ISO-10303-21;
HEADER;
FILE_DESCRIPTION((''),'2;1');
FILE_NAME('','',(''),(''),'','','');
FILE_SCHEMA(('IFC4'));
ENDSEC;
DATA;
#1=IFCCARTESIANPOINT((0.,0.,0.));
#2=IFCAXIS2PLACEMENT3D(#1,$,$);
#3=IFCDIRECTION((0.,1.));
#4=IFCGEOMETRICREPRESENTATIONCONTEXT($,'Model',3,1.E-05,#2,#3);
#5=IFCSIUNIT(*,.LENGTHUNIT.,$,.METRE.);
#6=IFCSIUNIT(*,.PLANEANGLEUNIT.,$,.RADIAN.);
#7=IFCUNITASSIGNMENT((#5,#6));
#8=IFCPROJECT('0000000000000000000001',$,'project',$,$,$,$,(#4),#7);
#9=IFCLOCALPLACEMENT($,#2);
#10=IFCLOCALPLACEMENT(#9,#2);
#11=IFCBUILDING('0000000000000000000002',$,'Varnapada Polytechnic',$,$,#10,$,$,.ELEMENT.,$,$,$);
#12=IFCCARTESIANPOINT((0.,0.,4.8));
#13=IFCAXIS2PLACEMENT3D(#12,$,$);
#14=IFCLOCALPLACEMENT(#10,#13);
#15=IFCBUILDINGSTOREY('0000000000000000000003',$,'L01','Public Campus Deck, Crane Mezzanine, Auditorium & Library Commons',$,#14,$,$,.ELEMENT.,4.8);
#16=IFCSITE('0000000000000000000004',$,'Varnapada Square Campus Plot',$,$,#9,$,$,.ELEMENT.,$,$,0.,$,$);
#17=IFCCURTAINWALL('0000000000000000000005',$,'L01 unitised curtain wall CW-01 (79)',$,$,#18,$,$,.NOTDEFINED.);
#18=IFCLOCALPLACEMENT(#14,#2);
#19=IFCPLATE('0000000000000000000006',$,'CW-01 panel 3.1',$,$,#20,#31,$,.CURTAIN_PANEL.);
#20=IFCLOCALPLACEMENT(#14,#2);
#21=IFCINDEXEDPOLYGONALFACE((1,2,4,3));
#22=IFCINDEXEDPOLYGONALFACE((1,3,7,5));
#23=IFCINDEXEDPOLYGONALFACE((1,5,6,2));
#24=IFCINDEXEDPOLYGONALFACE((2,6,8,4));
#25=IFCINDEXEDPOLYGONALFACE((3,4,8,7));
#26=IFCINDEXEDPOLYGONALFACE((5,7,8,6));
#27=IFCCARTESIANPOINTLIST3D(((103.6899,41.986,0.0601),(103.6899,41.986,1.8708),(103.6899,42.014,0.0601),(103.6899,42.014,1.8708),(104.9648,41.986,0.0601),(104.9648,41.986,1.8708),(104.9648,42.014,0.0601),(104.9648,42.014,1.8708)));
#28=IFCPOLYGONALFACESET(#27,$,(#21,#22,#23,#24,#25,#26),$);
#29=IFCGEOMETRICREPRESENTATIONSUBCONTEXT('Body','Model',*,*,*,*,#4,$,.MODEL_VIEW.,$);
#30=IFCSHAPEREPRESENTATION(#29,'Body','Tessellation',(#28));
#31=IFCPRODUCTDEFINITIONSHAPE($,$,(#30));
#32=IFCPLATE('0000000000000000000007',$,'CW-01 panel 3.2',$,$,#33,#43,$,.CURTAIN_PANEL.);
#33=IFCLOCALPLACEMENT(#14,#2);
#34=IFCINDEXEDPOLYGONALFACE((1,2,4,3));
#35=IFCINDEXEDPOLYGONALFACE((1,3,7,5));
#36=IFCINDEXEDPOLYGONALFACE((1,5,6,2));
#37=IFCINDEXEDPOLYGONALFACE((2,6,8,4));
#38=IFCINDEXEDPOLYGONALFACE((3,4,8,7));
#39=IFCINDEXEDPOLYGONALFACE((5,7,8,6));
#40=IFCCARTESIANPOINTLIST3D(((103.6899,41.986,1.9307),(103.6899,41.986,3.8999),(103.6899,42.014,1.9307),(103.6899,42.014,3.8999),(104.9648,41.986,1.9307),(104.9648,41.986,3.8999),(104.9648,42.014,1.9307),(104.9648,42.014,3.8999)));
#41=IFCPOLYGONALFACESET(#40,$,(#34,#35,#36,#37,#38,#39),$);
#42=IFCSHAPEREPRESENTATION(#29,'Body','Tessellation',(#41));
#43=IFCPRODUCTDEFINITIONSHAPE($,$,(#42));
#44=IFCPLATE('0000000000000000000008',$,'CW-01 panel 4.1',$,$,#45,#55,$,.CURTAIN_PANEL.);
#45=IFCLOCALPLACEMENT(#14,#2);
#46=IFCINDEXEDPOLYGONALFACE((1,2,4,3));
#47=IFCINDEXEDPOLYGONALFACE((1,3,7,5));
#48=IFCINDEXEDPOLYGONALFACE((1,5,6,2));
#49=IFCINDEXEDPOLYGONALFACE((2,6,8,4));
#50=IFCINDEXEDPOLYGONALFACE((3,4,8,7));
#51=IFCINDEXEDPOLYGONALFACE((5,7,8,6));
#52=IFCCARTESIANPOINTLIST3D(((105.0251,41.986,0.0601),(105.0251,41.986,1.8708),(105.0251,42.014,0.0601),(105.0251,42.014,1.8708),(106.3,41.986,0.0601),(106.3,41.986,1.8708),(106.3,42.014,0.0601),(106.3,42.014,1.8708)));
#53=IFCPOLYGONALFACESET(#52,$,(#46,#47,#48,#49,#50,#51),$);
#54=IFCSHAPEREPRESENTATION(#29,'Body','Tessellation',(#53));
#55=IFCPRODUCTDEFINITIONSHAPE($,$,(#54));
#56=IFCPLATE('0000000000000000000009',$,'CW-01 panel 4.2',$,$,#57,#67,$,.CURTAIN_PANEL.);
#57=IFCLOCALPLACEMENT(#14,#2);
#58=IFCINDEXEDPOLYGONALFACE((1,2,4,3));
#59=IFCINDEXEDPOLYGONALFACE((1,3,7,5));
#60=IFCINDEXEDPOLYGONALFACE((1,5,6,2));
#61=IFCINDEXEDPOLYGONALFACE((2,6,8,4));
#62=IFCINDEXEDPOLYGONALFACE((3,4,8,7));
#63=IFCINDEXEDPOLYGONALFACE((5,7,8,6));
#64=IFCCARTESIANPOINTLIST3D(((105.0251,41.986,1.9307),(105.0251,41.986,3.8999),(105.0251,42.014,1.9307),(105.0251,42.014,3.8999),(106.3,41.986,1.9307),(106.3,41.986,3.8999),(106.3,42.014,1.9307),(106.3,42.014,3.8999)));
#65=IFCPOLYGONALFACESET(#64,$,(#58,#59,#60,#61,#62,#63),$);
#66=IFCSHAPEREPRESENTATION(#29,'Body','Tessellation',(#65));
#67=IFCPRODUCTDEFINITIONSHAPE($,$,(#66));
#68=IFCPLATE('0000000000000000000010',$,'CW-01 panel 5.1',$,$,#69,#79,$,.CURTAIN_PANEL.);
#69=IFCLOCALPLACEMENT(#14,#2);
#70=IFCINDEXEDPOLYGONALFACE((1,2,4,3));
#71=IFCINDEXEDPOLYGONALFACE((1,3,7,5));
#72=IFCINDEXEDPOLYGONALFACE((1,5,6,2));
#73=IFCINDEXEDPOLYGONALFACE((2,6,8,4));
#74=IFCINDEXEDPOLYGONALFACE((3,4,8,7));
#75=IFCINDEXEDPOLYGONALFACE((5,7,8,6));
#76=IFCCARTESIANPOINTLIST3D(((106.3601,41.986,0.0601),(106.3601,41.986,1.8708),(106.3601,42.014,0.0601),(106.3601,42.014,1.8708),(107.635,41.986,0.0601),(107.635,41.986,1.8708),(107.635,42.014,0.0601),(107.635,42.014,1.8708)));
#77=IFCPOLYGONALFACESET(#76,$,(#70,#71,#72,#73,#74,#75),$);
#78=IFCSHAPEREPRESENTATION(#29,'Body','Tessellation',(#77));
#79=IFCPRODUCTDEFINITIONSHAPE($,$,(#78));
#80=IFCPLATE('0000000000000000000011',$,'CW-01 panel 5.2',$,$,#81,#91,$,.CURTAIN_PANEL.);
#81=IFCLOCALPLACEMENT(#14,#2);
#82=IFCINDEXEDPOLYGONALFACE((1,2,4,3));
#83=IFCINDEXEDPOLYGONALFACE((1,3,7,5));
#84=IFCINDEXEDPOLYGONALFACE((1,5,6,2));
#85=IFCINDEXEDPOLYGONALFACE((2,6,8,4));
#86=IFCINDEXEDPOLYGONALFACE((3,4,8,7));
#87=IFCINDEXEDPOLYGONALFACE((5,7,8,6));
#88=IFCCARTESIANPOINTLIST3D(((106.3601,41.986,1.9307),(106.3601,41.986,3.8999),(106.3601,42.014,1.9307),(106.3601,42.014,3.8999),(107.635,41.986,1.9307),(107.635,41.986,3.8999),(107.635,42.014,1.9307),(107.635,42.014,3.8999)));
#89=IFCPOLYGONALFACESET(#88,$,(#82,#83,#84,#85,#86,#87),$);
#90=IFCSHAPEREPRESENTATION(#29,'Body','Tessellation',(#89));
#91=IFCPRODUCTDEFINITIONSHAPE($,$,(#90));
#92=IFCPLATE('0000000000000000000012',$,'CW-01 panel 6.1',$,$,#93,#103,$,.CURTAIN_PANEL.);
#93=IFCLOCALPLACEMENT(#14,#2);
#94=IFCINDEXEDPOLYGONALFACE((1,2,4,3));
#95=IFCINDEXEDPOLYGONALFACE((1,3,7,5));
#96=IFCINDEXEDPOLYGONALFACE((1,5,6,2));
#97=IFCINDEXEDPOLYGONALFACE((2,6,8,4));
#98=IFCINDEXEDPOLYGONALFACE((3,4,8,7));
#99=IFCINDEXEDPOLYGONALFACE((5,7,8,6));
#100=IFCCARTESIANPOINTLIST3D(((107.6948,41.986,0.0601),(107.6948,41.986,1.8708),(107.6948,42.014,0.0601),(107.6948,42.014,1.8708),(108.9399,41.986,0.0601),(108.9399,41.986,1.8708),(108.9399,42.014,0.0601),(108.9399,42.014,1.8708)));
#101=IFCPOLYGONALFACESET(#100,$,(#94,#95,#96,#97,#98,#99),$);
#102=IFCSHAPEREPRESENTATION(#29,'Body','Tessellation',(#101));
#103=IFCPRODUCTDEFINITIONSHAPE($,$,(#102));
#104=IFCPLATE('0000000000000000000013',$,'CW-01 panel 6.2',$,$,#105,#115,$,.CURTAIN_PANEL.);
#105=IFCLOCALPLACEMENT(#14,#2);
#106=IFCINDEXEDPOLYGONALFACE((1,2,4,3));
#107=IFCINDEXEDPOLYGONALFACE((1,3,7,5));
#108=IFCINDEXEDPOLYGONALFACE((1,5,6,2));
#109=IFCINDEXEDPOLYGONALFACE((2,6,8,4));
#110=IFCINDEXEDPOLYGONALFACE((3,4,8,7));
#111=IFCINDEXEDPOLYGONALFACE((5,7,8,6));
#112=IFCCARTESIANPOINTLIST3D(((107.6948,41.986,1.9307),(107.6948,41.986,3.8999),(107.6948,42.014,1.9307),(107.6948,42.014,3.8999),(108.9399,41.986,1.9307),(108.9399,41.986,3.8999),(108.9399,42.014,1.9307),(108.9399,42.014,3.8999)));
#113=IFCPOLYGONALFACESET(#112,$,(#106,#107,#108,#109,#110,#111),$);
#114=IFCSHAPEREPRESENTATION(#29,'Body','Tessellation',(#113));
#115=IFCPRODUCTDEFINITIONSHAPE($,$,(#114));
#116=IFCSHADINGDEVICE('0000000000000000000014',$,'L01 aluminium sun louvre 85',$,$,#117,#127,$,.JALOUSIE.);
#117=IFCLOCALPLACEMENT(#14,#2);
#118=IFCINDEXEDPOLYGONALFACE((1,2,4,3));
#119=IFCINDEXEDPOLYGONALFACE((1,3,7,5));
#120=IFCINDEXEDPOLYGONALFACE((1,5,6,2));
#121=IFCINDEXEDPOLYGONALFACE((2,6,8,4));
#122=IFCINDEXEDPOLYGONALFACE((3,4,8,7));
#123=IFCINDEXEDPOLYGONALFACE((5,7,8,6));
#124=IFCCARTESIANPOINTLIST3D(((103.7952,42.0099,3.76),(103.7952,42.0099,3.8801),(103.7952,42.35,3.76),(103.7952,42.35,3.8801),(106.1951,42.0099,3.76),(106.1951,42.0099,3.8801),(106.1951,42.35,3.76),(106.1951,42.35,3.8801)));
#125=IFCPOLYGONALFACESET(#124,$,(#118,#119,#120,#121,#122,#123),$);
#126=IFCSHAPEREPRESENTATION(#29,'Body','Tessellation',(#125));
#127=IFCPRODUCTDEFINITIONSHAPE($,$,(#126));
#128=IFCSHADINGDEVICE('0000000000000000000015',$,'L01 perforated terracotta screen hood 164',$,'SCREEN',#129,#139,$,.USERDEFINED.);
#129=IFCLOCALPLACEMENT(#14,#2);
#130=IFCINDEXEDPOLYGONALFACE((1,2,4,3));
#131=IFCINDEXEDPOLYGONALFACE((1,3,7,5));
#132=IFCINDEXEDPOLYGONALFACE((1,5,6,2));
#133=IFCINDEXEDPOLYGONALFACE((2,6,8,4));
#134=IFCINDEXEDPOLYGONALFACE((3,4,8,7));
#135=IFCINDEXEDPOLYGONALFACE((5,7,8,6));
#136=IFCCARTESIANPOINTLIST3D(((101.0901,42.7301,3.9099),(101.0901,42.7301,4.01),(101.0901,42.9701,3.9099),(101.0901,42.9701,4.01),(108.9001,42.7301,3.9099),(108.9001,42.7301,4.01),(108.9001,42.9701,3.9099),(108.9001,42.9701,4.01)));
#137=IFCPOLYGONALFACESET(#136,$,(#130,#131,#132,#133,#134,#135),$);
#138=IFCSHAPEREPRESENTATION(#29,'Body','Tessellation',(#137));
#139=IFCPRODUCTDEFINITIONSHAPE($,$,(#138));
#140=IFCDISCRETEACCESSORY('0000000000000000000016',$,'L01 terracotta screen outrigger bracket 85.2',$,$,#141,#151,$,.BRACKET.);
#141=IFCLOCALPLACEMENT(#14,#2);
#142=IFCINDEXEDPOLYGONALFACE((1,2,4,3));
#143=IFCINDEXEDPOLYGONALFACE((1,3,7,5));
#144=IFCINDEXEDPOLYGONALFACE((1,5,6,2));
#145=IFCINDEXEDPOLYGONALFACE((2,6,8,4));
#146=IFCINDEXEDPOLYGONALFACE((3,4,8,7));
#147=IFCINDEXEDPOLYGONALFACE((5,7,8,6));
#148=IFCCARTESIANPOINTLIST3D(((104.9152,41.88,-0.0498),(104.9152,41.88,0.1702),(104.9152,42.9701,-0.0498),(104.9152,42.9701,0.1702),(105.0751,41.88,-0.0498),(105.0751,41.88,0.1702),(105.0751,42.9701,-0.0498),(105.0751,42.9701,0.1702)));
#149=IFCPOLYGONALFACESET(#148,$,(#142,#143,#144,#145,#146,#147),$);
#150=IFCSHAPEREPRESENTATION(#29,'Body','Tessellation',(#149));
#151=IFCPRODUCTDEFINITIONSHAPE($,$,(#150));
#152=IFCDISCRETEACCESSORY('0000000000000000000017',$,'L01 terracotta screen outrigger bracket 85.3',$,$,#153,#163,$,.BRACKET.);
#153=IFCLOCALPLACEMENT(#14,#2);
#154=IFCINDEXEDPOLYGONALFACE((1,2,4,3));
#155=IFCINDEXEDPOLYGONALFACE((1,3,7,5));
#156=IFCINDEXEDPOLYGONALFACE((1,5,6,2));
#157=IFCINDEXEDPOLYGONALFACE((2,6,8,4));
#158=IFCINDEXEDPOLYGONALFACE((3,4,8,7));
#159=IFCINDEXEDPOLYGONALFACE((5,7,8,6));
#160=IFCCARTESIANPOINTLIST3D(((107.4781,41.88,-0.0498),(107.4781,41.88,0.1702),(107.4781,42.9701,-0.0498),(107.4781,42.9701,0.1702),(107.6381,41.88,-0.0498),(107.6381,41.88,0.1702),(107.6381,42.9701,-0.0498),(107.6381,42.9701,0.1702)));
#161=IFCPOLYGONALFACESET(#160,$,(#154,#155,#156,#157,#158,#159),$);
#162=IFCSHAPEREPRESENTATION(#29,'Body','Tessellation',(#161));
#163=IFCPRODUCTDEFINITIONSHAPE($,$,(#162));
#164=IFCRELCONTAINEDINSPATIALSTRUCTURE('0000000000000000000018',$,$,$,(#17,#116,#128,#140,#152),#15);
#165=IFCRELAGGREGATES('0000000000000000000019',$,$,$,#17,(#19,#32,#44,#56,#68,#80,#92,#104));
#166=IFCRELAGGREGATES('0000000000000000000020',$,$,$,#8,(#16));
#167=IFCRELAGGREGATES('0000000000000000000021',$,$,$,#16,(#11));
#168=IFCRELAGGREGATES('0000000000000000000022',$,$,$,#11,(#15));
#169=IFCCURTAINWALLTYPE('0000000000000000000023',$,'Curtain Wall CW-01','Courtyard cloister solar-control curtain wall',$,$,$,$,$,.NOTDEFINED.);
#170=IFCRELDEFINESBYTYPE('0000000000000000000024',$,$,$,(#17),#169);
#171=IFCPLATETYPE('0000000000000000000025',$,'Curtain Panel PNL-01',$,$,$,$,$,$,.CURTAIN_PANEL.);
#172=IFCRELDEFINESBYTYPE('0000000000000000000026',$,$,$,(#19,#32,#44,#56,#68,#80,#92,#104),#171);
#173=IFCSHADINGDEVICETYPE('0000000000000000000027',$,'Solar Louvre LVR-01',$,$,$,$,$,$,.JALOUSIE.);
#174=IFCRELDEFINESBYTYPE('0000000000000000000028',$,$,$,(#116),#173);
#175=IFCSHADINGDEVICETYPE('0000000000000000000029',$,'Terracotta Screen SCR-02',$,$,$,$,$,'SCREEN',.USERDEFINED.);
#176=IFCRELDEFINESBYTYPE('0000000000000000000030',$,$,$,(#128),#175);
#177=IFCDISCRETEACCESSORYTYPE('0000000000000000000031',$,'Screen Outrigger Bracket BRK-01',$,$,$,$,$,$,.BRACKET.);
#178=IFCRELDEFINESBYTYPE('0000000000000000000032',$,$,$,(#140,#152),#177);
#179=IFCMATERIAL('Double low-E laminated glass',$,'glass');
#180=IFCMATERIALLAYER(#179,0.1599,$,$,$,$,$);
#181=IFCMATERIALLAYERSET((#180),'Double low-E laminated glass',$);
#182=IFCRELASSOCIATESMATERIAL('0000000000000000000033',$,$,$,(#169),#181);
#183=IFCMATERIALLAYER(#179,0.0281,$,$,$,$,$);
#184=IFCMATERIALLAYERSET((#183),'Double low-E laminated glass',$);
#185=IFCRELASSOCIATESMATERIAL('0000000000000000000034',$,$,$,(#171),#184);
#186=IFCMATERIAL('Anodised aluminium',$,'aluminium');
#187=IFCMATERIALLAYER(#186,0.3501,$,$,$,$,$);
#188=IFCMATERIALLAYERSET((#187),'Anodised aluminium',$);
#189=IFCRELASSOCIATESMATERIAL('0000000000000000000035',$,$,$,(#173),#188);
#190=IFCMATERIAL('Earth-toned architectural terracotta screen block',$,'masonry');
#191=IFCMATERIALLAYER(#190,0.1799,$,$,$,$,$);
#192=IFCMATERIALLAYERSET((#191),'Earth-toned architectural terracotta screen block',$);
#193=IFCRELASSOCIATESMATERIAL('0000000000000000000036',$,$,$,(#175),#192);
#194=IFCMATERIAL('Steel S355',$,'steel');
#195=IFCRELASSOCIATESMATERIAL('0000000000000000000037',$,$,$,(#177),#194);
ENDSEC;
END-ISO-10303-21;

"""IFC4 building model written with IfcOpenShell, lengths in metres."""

from ifc_helpers import new_model, si_unit, direction, frame, origin, origin_2d, place, context, subcontext, project, spatial, rectangle, extrude, material, layer, layer_set, type_object, element, aggregate, save


model = new_model("IFC4")

# Units and contexts
model_context = context("Model", 3, precision=1e-05, world=origin(), true_north=direction((0.0, 1.0)))
body_context = subcontext(model_context, "Body", "Model", "MODEL_VIEW")
ifc_project = project(units=[si_unit("LENGTHUNIT", "METRE"), si_unit("PLANEANGLEUNIT", "RADIAN")], contexts=[model_context])

# Site, building, storey
site_placement = place(None, origin())
site = spatial("IfcSite", under=ifc_project, at=site_placement, Name="Varnapada Square Campus Plot", CompositionType="ELEMENT", RefElevation=0.0)
building_placement = place(site_placement, origin())
building = spatial("IfcBuilding", under=site, at=building_placement, Name="Varnapada Polytechnic", CompositionType="ELEMENT")
storey_placement = place(building_placement, frame((0.0, 0.0, 4.8)))
storey = spatial("IfcBuildingStorey", under=building, at=storey_placement, Name="L01", Description="Public Campus Deck, Crane Mezzanine, Auditorium & Library Commons", CompositionType="ELEMENT", Elevation=4.8)

# Curtain wall, plates
ifc_material_1 = material(Name="Double low-E laminated glass", Category="glass")
ifc_layer_1 = layer(ifc_material_1, 0.1599)
ifc_layer_set_1 = layer_set([ifc_layer_1], Name="Double low-E laminated glass")
curtain_wall_type = type_object("IfcCurtainWallType", Name="Curtain Wall CW-01", Description="Courtyard cloister solar-control curtain wall", PredefinedType="NOTDEFINED", material=ifc_layer_set_1)
curtain_wall_placement = place(storey_placement, origin())
curtain_wall = element("IfcCurtainWall", 1, at=curtain_wall_placement, inside=storey, type_object=curtain_wall_type, Name="L01 unitised curtain wall CW-01 (79)", PredefinedType="NOTDEFINED")
ifc_material_2 = material(Name="Anodised aluminium", Category="aluminium")
ifc_layer_2 = layer(ifc_material_1, 0.0281)
ifc_layer_set_2 = layer_set([ifc_layer_2], Name="Double low-E laminated glass")
plate_type = type_object("IfcPlateType", Name="Curtain Panel PNL-01", PredefinedType="CURTAIN_PANEL", material=ifc_layer_set_2)
plate_1_placement = place(storey_placement, frame((104.3274, 42.0, 0.0601), z_axis=(0.0, 0.0, 1.0), x_axis=(1.0, 0.0, 0.0)))
plate_1 = element("IfcPlate", 2, at=plate_1_placement, type_object=plate_type, Name="CW-01 panel 3.1", PredefinedType="CURTAIN_PANEL", context=body_context, shape_type="SweptSolid", body=[
    extrude(rectangle(XDim=1.2749, YDim=0.0281, at=origin_2d()), origin(), (0.0, 0.0, 1.0), 1.8108),
])
plate_2_placement = place(storey_placement, frame((104.3274, 42.0, 1.9307), z_axis=(0.0, 0.0, 1.0), x_axis=(1.0, 0.0, 0.0)))
plate_2 = element("IfcPlate", 3, at=plate_2_placement, type_object=plate_type, Name="CW-01 panel 3.2", PredefinedType="CURTAIN_PANEL", context=body_context, shape_type="SweptSolid", body=[
    extrude(rectangle(XDim=1.2749, YDim=0.0281, at=origin_2d()), origin(), (0.0, 0.0, 1.0), 1.9692),
])
plate_3_placement = place(storey_placement, frame((105.6626, 42.0, 0.0601), z_axis=(0.0, 0.0, 1.0), x_axis=(1.0, 0.0, 0.0)))
plate_3 = element("IfcPlate", 4, at=plate_3_placement, type_object=plate_type, Name="CW-01 panel 4.1", PredefinedType="CURTAIN_PANEL", context=body_context, shape_type="SweptSolid", body=[
    extrude(rectangle(XDim=1.2749, YDim=0.0281, at=origin_2d()), origin(), (0.0, 0.0, 1.0), 1.8108),
])
plate_4_placement = place(storey_placement, frame((105.6626, 42.0, 1.9307), z_axis=(0.0, 0.0, 1.0), x_axis=(1.0, 0.0, 0.0)))
plate_4 = element("IfcPlate", 5, at=plate_4_placement, type_object=plate_type, Name="CW-01 panel 4.2", PredefinedType="CURTAIN_PANEL", context=body_context, shape_type="SweptSolid", body=[
    extrude(rectangle(XDim=1.2749, YDim=0.0281, at=origin_2d()), origin(), (0.0, 0.0, 1.0), 1.9692),
])
plate_5_placement = place(storey_placement, frame((106.9976, 42.0, 0.0601), z_axis=(0.0, 0.0, 1.0), x_axis=(1.0, 0.0, 0.0)))
plate_5 = element("IfcPlate", 6, at=plate_5_placement, type_object=plate_type, Name="CW-01 panel 5.1", PredefinedType="CURTAIN_PANEL", context=body_context, shape_type="SweptSolid", body=[
    extrude(rectangle(XDim=1.2749, YDim=0.0281, at=origin_2d()), origin(), (0.0, 0.0, 1.0), 1.8108),
])
plate_6_placement = place(storey_placement, frame((106.9976, 42.0, 1.9307), z_axis=(0.0, 0.0, 1.0), x_axis=(1.0, 0.0, 0.0)))
plate_6 = element("IfcPlate", 7, at=plate_6_placement, type_object=plate_type, Name="CW-01 panel 5.2", PredefinedType="CURTAIN_PANEL", context=body_context, shape_type="SweptSolid", body=[
    extrude(rectangle(XDim=1.2749, YDim=0.0281, at=origin_2d()), origin(), (0.0, 0.0, 1.0), 1.9692),
])
plate_7_placement = place(storey_placement, frame((108.3174, 42.0, 0.0601), z_axis=(0.0, 0.0, 1.0), x_axis=(1.0, 0.0, 0.0)))
plate_7 = element("IfcPlate", 8, at=plate_7_placement, type_object=plate_type, Name="CW-01 panel 6.1", PredefinedType="CURTAIN_PANEL", context=body_context, shape_type="SweptSolid", body=[
    extrude(rectangle(XDim=1.2451, YDim=0.0281, at=origin_2d()), origin(), (0.0, 0.0, 1.0), 1.8108),
])
plate_8_placement = place(storey_placement, frame((108.3174, 42.0, 1.9307), z_axis=(0.0, 0.0, 1.0), x_axis=(1.0, 0.0, 0.0)))
plate_8 = element("IfcPlate", 9, at=plate_8_placement, type_object=plate_type, Name="CW-01 panel 6.2", PredefinedType="CURTAIN_PANEL", context=body_context, shape_type="SweptSolid", body=[
    extrude(rectangle(XDim=1.2451, YDim=0.0281, at=origin_2d()), origin(), (0.0, 0.0, 1.0), 1.9692),
])
aggregate(curtain_wall, [plate_1, plate_2, plate_3, plate_4, plate_5, plate_6, plate_7, plate_8])

# Shading devices
ifc_layer_3 = layer(ifc_material_2, 0.3501)
ifc_layer_set_3 = layer_set([ifc_layer_3], Name="Anodised aluminium")
shading_device_type_1 = type_object("IfcShadingDeviceType", Name="Solar Louvre LVR-01", PredefinedType="JALOUSIE", material=ifc_layer_set_3)
shading_device_1_placement = place(storey_placement, frame((104.9951, 42.1799, 3.76), z_axis=(0.0, 0.0, 1.0), x_axis=(1.0, 0.0, 0.0)))
element("IfcShadingDevice", 10, at=shading_device_1_placement, inside=storey, type_object=shading_device_type_1, Name="L01 aluminium sun louvre 85", PredefinedType="JALOUSIE", context=body_context, shape_type="SweptSolid", body=[
    extrude(rectangle(XDim=2.3999, YDim=0.3401, at=origin_2d()), origin(), (0.0, 0.0, 1.0), 0.1201),
])
ifc_material_3 = material(Name="Earth-toned architectural terracotta screen block", Category="masonry")
ifc_layer_4 = layer(ifc_material_3, 0.1799)
ifc_layer_set_4 = layer_set([ifc_layer_4], Name="Earth-toned architectural terracotta screen block")
shading_device_type_2 = type_object("IfcShadingDeviceType", Name="Terracotta Screen SCR-02", ElementType="SCREEN", PredefinedType="USERDEFINED", material=ifc_layer_set_4)
shading_device_2_placement = place(storey_placement, frame((104.9951, 42.8501, 3.9099), z_axis=(0.0, 0.0, 1.0), x_axis=(1.0, 0.0, 0.0)))
element("IfcShadingDevice", 11, at=shading_device_2_placement, inside=storey, type_object=shading_device_type_2, Name="L01 perforated terracotta screen hood 164", ObjectType="SCREEN", PredefinedType="USERDEFINED", context=body_context, shape_type="SweptSolid", body=[
    extrude(rectangle(XDim=7.8101, YDim=0.24, at=origin_2d()), origin(), (0.0, 0.0, 1.0), 0.1001),
])

# Discrete accessories
ifc_material_4 = material(Name="Steel S355", Category="steel")
discrete_accessory_type = type_object("IfcDiscreteAccessoryType", Name="Screen Outrigger Bracket BRK-01", PredefinedType="BRACKET", material=ifc_material_4)
for number, where, z_axis, x_axis, name in (
    (12, (104.9951, 42.425, -0.0498), (0.0, 0.0, 1.0), (1.0, 0.0, 0.0), "L01 terracotta screen outrigger bracket 85.2"),
    (13, (107.5581, 42.425, -0.0498), (0.0, 0.0, 1.0), (1.0, 0.0, 0.0), "L01 terracotta screen outrigger bracket 85.3"),
):
    element("IfcDiscreteAccessory", number, at=place(storey_placement, frame(where, z_axis=z_axis, x_axis=x_axis)), inside=storey, type_object=discrete_accessory_type, Name=name, PredefinedType="BRACKET", context=body_context, shape_type="SweptSolid", body=[
        extrude(rectangle(XDim=0.1599, YDim=1.0901, at=origin_2d()), origin(), (0.0, 0.0, 1.0), 0.22),
    ])

save(model, "model.ifc")
